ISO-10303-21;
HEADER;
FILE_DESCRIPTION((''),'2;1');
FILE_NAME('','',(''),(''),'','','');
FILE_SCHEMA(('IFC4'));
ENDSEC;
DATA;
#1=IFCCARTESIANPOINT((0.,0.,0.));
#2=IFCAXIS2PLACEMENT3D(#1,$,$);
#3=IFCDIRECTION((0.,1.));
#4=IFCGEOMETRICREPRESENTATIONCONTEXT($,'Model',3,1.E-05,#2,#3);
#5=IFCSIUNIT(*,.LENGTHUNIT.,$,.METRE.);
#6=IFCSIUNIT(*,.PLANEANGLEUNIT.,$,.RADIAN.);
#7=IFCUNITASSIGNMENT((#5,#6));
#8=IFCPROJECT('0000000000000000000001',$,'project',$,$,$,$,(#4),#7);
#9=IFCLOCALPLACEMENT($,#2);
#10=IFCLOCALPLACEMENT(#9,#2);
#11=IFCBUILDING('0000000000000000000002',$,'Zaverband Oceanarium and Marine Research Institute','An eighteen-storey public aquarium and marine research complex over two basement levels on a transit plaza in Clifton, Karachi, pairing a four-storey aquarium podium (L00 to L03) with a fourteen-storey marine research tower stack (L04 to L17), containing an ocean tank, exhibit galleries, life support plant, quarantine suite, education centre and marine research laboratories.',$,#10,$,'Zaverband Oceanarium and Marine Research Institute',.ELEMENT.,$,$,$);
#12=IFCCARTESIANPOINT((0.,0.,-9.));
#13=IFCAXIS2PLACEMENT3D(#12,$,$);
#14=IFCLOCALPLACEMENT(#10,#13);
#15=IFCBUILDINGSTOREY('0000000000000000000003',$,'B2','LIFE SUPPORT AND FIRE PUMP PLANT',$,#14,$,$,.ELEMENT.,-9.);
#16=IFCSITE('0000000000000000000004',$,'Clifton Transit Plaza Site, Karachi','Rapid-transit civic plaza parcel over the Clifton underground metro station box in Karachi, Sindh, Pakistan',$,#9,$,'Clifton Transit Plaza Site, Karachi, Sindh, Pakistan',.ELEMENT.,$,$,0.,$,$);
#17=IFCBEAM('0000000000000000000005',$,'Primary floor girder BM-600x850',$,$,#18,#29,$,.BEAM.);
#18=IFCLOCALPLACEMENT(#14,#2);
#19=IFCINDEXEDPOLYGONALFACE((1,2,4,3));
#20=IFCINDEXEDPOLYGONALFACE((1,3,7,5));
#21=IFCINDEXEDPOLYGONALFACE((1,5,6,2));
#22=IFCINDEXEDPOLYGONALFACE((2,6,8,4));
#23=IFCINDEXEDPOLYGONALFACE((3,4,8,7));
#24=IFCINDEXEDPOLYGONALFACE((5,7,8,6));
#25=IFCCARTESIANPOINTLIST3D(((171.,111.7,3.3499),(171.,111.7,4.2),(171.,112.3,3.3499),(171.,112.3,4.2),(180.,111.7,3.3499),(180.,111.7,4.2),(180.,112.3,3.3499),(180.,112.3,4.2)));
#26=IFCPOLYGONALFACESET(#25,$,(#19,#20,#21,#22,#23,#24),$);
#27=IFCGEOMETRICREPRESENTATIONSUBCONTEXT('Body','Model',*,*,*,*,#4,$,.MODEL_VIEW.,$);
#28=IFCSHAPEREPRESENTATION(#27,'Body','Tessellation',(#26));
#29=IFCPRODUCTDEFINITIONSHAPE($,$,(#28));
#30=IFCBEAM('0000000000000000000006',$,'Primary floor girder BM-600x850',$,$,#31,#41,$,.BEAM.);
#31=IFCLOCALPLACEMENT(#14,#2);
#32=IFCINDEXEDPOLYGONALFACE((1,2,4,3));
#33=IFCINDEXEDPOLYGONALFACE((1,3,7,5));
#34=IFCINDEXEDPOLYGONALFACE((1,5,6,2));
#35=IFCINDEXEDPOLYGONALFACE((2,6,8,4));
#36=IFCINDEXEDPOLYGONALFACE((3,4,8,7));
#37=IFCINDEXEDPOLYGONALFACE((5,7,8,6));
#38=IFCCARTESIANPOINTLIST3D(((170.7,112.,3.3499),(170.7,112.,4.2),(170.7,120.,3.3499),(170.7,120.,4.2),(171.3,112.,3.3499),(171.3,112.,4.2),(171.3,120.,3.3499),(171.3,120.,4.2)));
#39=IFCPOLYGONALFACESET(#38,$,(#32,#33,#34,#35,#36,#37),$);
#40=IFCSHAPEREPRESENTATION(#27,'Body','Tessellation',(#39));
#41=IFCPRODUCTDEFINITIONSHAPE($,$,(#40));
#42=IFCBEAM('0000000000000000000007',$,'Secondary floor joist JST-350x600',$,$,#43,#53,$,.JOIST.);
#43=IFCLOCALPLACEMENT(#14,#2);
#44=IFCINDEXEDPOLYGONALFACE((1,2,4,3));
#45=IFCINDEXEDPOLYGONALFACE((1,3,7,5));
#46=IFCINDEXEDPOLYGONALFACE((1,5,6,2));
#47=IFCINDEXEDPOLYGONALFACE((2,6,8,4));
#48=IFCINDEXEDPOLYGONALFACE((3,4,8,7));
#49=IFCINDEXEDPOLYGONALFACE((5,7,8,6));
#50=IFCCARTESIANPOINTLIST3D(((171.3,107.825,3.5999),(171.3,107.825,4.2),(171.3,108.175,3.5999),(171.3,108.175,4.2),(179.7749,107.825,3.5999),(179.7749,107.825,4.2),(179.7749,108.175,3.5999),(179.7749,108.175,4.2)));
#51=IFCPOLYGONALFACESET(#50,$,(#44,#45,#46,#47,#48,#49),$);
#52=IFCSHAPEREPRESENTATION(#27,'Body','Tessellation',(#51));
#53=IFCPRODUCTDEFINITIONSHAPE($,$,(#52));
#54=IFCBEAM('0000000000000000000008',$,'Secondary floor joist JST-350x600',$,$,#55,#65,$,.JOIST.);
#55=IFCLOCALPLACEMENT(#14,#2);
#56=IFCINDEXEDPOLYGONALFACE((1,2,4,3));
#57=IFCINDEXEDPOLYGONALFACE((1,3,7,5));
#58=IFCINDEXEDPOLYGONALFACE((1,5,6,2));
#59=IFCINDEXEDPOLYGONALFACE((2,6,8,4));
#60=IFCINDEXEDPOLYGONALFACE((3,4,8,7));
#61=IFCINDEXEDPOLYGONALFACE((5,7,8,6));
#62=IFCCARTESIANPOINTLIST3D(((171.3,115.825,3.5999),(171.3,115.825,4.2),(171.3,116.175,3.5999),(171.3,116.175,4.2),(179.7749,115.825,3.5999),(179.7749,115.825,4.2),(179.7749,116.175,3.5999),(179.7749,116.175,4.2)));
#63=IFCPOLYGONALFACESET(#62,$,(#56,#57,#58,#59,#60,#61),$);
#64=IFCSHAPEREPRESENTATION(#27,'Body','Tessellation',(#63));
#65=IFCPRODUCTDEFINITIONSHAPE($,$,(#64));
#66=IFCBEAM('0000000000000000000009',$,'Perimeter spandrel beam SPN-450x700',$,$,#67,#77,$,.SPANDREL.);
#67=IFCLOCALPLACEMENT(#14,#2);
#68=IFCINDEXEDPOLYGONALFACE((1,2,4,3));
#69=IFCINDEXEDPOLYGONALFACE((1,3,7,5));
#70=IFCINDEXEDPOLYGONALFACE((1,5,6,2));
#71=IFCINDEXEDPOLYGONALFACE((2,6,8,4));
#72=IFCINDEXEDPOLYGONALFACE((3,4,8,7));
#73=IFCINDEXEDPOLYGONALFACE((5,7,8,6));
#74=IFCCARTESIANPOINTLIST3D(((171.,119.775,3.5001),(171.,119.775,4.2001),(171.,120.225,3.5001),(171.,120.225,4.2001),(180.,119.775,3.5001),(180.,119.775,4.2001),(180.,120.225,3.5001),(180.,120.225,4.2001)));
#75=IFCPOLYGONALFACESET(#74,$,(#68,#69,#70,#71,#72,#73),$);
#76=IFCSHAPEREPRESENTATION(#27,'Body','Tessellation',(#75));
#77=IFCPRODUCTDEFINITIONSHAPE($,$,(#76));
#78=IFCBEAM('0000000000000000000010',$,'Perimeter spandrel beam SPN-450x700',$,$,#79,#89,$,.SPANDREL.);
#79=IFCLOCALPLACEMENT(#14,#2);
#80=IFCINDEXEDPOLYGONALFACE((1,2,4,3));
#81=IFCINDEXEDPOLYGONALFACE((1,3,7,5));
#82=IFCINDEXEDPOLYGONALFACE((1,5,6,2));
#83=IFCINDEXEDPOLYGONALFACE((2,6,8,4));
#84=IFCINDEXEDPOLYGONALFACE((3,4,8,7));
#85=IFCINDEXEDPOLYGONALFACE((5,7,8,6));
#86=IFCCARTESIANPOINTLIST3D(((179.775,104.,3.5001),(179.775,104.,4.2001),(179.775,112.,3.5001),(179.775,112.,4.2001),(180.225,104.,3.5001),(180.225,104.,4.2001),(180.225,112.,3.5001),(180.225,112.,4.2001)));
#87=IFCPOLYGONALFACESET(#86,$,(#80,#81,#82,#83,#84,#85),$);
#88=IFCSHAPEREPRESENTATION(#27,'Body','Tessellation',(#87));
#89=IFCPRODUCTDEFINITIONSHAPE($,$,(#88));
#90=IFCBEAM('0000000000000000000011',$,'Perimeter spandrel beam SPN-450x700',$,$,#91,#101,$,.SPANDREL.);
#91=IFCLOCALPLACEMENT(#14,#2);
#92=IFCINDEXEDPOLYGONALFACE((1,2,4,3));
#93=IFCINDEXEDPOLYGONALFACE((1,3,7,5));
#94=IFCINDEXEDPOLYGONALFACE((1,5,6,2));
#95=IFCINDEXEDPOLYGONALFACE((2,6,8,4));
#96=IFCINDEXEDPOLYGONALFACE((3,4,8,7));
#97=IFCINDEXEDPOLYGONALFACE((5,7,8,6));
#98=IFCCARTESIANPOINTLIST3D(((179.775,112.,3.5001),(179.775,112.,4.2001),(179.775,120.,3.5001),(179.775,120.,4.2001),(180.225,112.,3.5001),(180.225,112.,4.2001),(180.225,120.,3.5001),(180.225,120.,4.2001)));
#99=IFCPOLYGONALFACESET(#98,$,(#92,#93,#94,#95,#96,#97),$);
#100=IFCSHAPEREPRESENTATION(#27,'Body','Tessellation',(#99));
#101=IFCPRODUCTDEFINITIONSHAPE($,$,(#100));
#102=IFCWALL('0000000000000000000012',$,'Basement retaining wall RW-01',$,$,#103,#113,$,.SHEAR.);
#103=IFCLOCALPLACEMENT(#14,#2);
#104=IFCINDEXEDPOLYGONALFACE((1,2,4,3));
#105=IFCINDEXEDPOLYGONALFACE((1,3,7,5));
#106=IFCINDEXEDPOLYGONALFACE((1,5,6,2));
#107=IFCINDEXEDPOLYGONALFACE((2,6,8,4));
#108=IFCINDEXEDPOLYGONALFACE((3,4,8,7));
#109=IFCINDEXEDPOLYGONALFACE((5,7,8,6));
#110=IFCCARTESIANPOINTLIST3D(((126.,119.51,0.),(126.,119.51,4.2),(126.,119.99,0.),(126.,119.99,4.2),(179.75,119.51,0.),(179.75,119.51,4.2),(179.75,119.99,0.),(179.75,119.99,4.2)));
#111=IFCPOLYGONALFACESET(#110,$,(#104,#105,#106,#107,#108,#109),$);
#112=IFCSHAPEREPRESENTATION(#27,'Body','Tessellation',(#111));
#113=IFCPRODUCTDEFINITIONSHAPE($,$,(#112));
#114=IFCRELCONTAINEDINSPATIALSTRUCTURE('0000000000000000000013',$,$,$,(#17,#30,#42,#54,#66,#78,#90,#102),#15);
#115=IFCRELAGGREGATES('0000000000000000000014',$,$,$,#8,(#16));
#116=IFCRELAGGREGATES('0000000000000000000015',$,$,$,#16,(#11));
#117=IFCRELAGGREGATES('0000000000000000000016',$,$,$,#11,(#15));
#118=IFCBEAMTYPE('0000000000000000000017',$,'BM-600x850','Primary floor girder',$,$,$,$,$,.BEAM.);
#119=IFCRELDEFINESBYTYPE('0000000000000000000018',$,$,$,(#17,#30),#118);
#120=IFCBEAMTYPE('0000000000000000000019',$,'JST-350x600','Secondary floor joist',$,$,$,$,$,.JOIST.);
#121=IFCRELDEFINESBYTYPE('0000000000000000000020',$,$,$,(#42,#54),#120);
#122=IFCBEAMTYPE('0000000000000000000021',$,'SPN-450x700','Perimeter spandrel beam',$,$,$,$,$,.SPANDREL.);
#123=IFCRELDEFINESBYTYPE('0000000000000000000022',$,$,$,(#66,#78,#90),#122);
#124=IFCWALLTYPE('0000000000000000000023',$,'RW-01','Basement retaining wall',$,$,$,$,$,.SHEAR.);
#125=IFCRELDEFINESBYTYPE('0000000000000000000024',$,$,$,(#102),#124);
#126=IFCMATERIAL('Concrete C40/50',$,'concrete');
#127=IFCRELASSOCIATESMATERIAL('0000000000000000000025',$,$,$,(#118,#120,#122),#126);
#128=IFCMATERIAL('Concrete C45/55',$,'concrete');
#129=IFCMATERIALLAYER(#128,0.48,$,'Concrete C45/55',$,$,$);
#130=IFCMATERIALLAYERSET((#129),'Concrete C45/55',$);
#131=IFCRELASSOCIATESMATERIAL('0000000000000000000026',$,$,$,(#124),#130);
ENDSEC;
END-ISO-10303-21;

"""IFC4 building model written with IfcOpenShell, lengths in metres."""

from ifc_helpers import new_model, si_unit, direction, frame, frame_2d, origin, origin_2d, place, context, subcontext, project, spatial, rectangle, extrude, material, layer, layer_set, material_profile, profile_set, type_object, element, save


model = new_model("IFC4")

# Units and contexts
model_context = context("Model", 3, precision=1e-05, world=origin(), true_north=direction((0.0, 1.0)))
body_context = subcontext(model_context, "Body", "Model", "MODEL_VIEW")
ifc_project = project(units=[si_unit("LENGTHUNIT", "METRE"), si_unit("PLANEANGLEUNIT", "RADIAN")], contexts=[model_context])

# Site, building, storey
site_placement = place(None, origin())
site = spatial("IfcSite", under=ifc_project, at=site_placement, Name="Clifton Transit Plaza Site, Karachi", Description="Rapid-transit civic plaza parcel over the Clifton underground metro station box in Karachi, Sindh, Pakistan", LongName="Clifton Transit Plaza Site, Karachi, Sindh, Pakistan", CompositionType="ELEMENT", RefElevation=0.0)
building_placement = place(site_placement, origin())
building = spatial("IfcBuilding", under=site, at=building_placement, Name="Zaverband Oceanarium and Marine Research Institute", Description="An eighteen-storey public aquarium and marine research complex over two basement levels on a transit plaza in Clifton, Karachi, pairing a four-storey aquarium podium (L00 to L03) with a fourteen-storey marine research tower stack (L04 to L17), containing an ocean tank, exhibit galleries, life support plant, quarantine suite, education centre and marine research laboratories.", LongName="Zaverband Oceanarium and Marine Research Institute", CompositionType="ELEMENT")
storey_placement = place(building_placement, frame((0.0, 0.0, -9.0)))
storey = spatial("IfcBuildingStorey", under=building, at=storey_placement, Name="B2", Description="LIFE SUPPORT AND FIRE PUMP PLANT", CompositionType="ELEMENT", Elevation=-9.0)

# Beams
ifc_material_1 = material(Name="Concrete C40/50", Category="concrete")
ifc_material_profile_1 = material_profile(ifc_material_1, rectangle(XDim=0.6001, YDim=0.8501, at=origin_2d()), Name="RC600x850")
ifc_profile_set_1 = profile_set([ifc_material_profile_1], Name="Concrete C40/50")
beam_type_1 = type_object("IfcBeamType", Name="BM-600x850", Description="Primary floor girder", PredefinedType="BEAM", material=ifc_profile_set_1)
beam_1_placement = place(storey_placement, frame((171.0, 112.0, 3.7749), z_axis=(1.0, 0.0, 0.0), x_axis=(0.0, 1.0, 0.0)))
element("IfcBeam", 1, at=beam_1_placement, inside=storey, type_object=beam_type_1, Name="Primary floor girder BM-600x850", PredefinedType="BEAM", context=body_context, shape_type="SweptSolid", body=[
    extrude(rectangle(XDim=0.6001, YDim=0.8501, at=origin_2d()), origin(), (0.0, 0.0, 1.0), 9.0),
])
beam_2_placement = place(storey_placement, frame((171.0, 112.0, 3.7749), z_axis=(0.0, 1.0, 0.0), x_axis=(-1.0, 0.0, 0.0)))
element("IfcBeam", 2, at=beam_2_placement, inside=storey, type_object=beam_type_1, Name="Primary floor girder BM-600x850", PredefinedType="BEAM", context=body_context, shape_type="SweptSolid", body=[
    extrude(rectangle(XDim=0.6001, YDim=0.8501, at=origin_2d()), origin(), (0.0, 0.0, 1.0), 8.0),
])
ifc_material_profile_2 = material_profile(ifc_material_1, rectangle(XDim=0.3501, YDim=0.6001, at=origin_2d()), Name="RC350x600")
ifc_profile_set_2 = profile_set([ifc_material_profile_2], Name="Concrete C40/50")
beam_type_2 = type_object("IfcBeamType", Name="JST-350x600", Description="Secondary floor joist", PredefinedType="JOIST", material=ifc_profile_set_2)
for number, where, z_axis, x_axis, name in (
    (3, (171.3, 108.0, 3.8999), (1.0, 0.0, 0.0), (0.0, 1.0, 0.0), "Secondary floor joist JST-350x600"),
    (4, (171.3, 116.0, 3.8999), (1.0, 0.0, 0.0), (0.0, 1.0, 0.0), "Secondary floor joist JST-350x600"),
):
    element("IfcBeam", number, at=place(storey_placement, frame(where, z_axis=z_axis, x_axis=x_axis)), inside=storey, type_object=beam_type_2, Name=name, PredefinedType="JOIST", context=body_context, shape_type="SweptSolid", body=[
        extrude(rectangle(XDim=0.3501, YDim=0.6001, at=origin_2d()), origin(), (0.0, 0.0, 1.0), 8.4749),
    ])
ifc_material_profile_3 = material_profile(ifc_material_1, rectangle(XDim=0.45, YDim=0.7, at=origin_2d()), Name="RC450x700")
ifc_profile_set_3 = profile_set([ifc_material_profile_3], Name="Concrete C40/50")
beam_type_3 = type_object("IfcBeamType", Name="SPN-450x700", Description="Perimeter spandrel beam", PredefinedType="SPANDREL", material=ifc_profile_set_3)
beam_3_placement = place(storey_placement, frame((171.0, 120.0, 3.8501), z_axis=(1.0, 0.0, 0.0), x_axis=(0.0, 1.0, 0.0)))
element("IfcBeam", 5, at=beam_3_placement, inside=storey, type_object=beam_type_3, Name="Perimeter spandrel beam SPN-450x700", PredefinedType="SPANDREL", context=body_context, shape_type="SweptSolid", body=[
    extrude(rectangle(XDim=0.45, YDim=0.7, at=origin_2d()), origin(), (0.0, 0.0, 1.0), 9.0),
])
for number, where, z_axis, x_axis, name in (
    (6, (180.0, 104.0, 3.8501), (0.0, 1.0, 0.0), (-1.0, 0.0, 0.0), "Perimeter spandrel beam SPN-450x700"),
    (7, (180.0, 112.0, 3.8501), (0.0, 1.0, 0.0), (-1.0, 0.0, 0.0), "Perimeter spandrel beam SPN-450x700"),
):
    element("IfcBeam", number, at=place(storey_placement, frame(where, z_axis=z_axis, x_axis=x_axis)), inside=storey, type_object=beam_type_3, Name=name, PredefinedType="SPANDREL", context=body_context, shape_type="SweptSolid", body=[
        extrude(rectangle(XDim=0.45, YDim=0.7, at=origin_2d()), origin(), (0.0, 0.0, 1.0), 8.0),
    ])

# Wall
ifc_material_2 = material(Name="Concrete C45/55", Category="concrete")
ifc_layer_1 = layer(ifc_material_2, 0.48, Name="Concrete C45/55")
ifc_layer_set_1 = layer_set([ifc_layer_1], Name="Concrete C45/55")
wall_type = type_object("IfcWallType", Name="RW-01", Description="Basement retaining wall", PredefinedType="SHEAR", material=ifc_layer_set_1)
wall_placement = place(storey_placement, frame((179.75, 119.75, 0.0), z_axis=(0.0, 0.0, 1.0), x_axis=(-1.0, 0.0, 0.0)))
element("IfcWall", 8, at=wall_placement, inside=storey, type_object=wall_type, Name="Basement retaining wall RW-01", PredefinedType="SHEAR", context=body_context, shape_type="SweptSolid", body=[
    extrude(rectangle(XDim=53.75, YDim=0.48, at=frame_2d((26.875, 0.0))), origin(), (0.0, 0.0, 1.0), 4.2),
])

save(model, "model.ifc")
